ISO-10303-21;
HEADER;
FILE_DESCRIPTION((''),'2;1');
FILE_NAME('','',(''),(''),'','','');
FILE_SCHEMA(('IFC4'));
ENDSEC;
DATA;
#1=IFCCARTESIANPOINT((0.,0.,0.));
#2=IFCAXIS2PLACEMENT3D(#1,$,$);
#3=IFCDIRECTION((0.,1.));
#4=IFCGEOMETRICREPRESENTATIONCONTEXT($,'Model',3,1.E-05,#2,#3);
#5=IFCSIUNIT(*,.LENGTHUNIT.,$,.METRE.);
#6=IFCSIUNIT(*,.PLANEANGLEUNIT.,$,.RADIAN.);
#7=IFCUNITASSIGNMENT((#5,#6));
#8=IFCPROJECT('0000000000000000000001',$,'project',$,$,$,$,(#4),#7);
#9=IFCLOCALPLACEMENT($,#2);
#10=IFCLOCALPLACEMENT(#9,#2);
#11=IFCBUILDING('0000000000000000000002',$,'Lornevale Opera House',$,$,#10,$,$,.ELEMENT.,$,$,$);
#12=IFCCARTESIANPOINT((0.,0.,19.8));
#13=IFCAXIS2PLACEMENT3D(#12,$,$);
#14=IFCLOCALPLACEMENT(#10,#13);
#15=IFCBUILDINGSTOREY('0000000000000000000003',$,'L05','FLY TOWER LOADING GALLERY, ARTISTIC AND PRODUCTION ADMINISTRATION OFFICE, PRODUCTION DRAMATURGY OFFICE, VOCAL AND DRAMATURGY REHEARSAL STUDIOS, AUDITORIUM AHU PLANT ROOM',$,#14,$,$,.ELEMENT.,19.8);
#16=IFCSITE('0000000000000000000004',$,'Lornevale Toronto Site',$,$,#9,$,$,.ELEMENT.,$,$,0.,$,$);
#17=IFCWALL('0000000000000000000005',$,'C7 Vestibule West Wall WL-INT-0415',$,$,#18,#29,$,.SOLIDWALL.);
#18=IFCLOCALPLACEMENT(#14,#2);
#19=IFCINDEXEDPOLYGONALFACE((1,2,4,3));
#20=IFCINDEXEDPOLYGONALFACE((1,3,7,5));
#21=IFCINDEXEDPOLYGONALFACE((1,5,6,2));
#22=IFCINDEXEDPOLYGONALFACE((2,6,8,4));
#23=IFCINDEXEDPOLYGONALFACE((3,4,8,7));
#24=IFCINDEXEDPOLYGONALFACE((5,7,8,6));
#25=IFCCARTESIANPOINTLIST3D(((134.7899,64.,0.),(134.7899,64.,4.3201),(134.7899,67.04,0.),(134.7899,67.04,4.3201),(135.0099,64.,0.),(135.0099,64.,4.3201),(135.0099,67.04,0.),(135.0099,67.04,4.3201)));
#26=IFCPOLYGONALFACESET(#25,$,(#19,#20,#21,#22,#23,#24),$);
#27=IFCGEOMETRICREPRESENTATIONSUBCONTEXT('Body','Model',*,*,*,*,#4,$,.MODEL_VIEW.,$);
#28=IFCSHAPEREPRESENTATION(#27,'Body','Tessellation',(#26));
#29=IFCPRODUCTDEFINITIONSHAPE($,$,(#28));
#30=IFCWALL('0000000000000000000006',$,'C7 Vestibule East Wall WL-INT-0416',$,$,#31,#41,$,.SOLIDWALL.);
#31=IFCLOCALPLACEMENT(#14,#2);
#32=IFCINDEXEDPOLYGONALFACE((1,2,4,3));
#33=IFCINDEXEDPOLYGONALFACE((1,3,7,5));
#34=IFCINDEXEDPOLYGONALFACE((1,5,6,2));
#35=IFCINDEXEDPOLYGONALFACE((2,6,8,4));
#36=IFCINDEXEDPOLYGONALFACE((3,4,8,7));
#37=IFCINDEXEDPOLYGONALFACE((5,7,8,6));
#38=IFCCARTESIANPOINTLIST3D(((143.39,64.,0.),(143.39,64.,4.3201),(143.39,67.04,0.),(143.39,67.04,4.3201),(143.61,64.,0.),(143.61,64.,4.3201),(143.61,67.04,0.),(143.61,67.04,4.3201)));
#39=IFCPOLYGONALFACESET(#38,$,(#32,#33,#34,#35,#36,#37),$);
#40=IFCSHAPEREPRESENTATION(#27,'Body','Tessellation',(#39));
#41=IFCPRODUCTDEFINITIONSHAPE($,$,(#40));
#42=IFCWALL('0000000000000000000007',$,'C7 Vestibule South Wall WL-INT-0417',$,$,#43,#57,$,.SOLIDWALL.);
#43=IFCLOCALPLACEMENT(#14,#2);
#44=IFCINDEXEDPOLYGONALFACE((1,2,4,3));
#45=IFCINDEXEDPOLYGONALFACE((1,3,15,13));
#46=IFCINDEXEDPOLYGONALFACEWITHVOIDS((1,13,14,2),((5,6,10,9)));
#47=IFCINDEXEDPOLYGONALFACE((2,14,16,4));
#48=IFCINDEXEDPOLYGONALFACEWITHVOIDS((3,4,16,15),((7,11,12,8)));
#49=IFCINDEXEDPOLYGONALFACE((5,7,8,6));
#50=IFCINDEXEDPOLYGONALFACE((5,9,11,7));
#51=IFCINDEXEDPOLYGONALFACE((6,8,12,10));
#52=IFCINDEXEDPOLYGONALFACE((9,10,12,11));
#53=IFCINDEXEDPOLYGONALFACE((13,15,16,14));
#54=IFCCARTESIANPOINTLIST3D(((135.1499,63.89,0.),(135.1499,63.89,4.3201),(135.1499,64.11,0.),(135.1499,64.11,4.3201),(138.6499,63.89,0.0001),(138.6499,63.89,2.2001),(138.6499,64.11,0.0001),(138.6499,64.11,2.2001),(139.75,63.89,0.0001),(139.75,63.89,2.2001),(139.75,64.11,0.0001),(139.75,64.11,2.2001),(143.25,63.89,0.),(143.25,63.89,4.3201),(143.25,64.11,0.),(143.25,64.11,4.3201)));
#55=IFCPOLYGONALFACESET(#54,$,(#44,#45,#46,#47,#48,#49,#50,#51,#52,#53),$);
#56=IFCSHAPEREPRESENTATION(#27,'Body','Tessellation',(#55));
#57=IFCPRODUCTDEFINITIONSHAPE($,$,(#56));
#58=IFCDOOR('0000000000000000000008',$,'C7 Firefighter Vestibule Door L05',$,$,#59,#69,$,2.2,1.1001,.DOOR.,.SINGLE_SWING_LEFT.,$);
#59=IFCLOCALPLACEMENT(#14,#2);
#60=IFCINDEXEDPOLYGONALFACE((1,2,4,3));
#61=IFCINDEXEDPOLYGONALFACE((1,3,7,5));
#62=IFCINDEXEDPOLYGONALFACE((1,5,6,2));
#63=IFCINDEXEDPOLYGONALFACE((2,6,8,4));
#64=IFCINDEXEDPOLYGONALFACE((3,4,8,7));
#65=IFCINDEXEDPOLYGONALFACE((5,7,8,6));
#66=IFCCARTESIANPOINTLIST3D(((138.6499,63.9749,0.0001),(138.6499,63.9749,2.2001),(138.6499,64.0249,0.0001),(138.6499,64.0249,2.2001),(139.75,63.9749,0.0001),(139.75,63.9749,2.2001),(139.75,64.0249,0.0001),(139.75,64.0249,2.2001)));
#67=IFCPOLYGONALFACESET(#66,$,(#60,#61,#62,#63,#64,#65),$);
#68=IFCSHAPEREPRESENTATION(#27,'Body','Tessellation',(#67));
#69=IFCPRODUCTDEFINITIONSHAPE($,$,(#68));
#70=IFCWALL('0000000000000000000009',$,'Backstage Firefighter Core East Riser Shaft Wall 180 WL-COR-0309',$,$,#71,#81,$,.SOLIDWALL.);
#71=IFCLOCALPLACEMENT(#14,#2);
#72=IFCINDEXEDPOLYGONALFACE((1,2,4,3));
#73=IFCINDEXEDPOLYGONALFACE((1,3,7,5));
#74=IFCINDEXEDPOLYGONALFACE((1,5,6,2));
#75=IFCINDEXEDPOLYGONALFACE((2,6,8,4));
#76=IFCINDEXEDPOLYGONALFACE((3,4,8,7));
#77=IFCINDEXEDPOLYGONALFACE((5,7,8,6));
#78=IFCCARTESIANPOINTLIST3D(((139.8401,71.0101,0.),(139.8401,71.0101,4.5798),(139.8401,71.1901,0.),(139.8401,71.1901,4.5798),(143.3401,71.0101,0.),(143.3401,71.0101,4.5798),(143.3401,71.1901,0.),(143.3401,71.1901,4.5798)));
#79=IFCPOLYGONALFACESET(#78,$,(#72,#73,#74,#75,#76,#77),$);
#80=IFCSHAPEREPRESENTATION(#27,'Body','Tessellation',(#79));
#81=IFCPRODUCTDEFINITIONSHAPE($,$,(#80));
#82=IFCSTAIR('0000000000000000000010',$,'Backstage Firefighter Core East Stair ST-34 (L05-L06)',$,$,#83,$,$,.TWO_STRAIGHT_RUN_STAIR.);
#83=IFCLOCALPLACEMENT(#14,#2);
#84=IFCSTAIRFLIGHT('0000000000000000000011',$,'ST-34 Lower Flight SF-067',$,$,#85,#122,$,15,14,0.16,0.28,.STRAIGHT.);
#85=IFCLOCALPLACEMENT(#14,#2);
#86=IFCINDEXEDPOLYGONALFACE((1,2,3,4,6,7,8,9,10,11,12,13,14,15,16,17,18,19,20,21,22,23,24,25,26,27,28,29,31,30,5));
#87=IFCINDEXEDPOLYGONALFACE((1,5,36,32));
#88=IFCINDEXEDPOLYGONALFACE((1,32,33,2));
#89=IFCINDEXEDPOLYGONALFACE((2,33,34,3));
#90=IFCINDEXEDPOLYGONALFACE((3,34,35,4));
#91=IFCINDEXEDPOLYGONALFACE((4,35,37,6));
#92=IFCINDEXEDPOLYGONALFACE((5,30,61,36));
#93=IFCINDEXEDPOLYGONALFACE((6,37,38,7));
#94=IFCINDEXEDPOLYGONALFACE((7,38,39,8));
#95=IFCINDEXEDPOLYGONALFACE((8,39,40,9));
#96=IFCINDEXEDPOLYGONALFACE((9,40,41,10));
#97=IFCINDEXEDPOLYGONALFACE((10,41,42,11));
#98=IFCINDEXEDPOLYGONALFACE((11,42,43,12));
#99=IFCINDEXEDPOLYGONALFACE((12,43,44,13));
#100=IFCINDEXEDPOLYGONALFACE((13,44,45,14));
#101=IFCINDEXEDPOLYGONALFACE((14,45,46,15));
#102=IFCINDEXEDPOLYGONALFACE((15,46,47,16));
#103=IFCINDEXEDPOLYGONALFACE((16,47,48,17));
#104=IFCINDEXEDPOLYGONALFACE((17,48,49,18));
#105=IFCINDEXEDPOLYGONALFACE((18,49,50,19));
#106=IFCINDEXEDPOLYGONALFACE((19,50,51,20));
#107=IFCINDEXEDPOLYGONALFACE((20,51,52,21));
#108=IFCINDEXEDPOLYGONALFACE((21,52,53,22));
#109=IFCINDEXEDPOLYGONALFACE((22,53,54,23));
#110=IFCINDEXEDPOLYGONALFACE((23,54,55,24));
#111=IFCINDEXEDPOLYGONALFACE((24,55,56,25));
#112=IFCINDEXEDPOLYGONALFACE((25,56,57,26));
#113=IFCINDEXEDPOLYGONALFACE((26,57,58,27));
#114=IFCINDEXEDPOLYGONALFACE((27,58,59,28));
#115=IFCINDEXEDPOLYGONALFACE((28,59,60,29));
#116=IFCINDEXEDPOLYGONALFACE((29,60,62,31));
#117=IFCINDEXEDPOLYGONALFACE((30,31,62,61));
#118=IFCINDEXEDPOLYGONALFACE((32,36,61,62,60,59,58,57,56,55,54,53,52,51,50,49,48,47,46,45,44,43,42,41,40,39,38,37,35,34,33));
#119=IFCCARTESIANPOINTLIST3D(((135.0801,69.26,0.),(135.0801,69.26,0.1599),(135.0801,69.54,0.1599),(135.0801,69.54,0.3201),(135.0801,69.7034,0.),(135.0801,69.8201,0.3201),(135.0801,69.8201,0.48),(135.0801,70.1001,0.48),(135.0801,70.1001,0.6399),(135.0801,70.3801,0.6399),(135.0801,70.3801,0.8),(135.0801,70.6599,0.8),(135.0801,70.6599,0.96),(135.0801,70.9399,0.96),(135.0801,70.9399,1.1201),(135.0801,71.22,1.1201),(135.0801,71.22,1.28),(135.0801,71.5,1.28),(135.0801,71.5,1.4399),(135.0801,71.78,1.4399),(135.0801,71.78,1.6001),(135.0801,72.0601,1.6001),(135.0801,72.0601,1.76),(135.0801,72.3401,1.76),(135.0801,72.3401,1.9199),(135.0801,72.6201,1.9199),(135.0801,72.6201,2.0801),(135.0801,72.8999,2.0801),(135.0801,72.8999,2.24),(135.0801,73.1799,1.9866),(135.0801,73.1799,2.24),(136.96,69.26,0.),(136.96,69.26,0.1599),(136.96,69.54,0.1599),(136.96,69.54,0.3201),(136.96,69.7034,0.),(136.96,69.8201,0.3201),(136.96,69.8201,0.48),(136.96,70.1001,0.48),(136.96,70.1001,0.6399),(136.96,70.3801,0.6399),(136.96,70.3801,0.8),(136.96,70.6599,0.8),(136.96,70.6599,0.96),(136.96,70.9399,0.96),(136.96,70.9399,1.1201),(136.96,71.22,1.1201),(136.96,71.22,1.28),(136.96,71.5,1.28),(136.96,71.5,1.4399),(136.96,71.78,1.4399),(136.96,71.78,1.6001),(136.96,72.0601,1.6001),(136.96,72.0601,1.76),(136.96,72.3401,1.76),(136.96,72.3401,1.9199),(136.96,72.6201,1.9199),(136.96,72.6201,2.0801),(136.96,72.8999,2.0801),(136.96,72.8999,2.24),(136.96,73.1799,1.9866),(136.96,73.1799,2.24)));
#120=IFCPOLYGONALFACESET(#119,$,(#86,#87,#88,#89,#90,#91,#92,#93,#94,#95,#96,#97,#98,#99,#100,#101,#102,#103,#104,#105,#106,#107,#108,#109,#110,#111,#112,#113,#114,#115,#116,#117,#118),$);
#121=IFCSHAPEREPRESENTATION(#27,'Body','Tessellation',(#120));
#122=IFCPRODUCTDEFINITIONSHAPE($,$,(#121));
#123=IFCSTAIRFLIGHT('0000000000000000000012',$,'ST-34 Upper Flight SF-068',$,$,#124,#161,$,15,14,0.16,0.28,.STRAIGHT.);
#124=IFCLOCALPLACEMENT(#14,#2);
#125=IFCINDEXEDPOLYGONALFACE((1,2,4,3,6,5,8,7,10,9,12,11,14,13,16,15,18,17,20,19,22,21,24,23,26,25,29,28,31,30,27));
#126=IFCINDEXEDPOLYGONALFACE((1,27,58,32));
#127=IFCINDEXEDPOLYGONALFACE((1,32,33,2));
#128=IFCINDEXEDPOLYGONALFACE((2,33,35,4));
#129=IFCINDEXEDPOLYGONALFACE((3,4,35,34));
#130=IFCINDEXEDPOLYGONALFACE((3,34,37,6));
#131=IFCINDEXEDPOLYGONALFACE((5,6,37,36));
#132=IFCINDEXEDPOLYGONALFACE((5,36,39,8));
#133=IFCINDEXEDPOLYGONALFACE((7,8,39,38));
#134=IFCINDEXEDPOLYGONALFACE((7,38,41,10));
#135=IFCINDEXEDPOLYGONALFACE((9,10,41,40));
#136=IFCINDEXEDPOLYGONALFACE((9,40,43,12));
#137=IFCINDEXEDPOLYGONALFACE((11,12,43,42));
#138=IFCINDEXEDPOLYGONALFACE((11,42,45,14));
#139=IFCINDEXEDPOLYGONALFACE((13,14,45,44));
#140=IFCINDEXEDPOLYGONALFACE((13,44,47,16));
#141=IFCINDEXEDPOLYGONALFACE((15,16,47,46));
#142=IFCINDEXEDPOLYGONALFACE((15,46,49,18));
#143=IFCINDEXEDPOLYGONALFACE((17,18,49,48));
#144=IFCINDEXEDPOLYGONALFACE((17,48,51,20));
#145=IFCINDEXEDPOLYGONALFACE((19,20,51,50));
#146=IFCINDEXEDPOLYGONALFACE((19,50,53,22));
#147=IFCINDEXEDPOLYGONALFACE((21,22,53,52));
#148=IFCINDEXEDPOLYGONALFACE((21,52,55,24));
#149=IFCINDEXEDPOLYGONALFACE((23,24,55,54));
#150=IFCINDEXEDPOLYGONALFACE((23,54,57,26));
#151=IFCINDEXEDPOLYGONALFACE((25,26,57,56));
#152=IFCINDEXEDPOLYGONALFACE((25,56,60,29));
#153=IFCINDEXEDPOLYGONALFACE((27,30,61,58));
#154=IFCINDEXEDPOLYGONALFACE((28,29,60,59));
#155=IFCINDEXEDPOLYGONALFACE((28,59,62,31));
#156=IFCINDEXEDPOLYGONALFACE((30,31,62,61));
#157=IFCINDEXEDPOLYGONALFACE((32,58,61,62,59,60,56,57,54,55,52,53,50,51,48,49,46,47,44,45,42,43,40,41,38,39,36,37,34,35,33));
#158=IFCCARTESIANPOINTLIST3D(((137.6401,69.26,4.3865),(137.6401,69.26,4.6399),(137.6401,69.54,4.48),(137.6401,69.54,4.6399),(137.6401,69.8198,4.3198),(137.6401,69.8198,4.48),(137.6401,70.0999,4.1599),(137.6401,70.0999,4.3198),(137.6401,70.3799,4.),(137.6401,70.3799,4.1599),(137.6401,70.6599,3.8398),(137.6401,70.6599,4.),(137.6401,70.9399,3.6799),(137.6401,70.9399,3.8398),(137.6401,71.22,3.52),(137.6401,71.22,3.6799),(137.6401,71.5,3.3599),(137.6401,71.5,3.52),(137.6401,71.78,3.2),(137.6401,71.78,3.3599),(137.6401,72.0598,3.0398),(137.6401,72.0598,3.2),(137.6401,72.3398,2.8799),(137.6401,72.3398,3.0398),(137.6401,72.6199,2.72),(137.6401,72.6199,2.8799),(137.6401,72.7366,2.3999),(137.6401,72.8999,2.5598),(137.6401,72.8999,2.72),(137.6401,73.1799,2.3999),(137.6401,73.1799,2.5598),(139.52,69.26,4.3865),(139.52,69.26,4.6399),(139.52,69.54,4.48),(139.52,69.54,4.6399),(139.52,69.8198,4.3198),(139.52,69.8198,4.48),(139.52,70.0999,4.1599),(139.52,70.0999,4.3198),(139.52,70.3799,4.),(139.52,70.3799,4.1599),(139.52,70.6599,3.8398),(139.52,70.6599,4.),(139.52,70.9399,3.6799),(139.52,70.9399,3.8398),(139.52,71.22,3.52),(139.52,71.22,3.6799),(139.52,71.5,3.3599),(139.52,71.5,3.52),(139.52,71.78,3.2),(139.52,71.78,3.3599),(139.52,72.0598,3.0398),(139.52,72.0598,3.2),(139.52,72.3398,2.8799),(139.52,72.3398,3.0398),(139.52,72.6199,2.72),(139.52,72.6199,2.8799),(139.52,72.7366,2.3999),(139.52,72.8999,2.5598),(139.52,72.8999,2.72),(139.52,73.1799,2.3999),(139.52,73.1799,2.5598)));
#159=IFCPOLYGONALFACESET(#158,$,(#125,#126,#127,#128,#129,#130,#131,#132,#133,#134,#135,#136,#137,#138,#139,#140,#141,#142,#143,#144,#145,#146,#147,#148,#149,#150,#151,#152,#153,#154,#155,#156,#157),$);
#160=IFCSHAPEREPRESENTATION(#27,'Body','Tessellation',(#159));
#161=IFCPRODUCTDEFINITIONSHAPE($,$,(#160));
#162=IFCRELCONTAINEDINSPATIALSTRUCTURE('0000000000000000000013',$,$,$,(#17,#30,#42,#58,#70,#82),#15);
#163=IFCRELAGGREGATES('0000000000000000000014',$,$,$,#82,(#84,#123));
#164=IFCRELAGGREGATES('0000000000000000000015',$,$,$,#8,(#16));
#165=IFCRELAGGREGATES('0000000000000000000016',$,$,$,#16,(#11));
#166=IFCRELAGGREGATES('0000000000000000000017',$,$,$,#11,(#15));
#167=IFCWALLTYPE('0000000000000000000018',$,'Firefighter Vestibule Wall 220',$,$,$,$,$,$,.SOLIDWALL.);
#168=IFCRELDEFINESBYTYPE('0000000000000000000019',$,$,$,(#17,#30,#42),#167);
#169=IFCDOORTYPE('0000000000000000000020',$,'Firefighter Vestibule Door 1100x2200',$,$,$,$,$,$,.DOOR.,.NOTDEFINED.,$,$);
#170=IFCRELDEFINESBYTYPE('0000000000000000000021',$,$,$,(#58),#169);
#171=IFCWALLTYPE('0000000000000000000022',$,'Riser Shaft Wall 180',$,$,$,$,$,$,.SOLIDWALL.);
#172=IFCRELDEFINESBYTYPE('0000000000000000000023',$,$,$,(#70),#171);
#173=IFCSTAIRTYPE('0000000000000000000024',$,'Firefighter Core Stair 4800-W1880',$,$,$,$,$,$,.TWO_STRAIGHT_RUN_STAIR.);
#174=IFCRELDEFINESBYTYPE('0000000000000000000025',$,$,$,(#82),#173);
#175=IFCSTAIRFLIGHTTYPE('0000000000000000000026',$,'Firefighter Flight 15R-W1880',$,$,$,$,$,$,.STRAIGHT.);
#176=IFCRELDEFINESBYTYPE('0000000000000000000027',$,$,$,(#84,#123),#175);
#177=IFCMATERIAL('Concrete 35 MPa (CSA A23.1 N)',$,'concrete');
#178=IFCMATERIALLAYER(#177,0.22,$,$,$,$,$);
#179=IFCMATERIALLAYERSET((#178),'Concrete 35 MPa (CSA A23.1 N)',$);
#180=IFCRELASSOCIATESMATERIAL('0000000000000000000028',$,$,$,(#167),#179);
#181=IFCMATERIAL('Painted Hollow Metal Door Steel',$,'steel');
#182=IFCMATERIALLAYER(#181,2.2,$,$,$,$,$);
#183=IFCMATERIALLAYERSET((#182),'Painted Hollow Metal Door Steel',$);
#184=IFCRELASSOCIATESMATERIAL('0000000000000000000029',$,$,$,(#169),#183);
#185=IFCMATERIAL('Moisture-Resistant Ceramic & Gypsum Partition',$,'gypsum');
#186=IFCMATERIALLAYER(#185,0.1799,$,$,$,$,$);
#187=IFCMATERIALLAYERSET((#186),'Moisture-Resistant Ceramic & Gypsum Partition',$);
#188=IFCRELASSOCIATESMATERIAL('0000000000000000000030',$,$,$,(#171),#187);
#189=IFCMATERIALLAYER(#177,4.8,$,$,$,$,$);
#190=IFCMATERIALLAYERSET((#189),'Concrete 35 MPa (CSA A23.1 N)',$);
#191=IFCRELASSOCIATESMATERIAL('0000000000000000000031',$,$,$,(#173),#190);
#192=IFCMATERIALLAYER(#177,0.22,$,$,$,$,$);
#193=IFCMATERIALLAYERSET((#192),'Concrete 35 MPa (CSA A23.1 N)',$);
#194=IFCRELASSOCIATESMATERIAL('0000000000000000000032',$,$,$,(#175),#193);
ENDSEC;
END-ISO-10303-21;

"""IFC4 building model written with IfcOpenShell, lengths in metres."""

from ifc_helpers import new_model, si_unit, direction, frame, frame_2d, origin, place, context, subcontext, project, spatial, polyline, rectangle, outline, extrude, material, layer, layer_set, type_object, element, fill, aggregate, save


model = new_model("IFC4")

# Units and contexts
model_context = context("Model", 3, precision=1e-05, world=origin(), true_north=direction((0.0, 1.0)))
body_context = subcontext(model_context, "Body", "Model", "MODEL_VIEW")
ifc_project = project(units=[si_unit("LENGTHUNIT", "METRE"), si_unit("PLANEANGLEUNIT", "RADIAN")], contexts=[model_context])

# Site, building, storey
site_placement = place(None, origin())
site = spatial("IfcSite", under=ifc_project, at=site_placement, Name="Lornevale Toronto Site", CompositionType="ELEMENT", RefElevation=0.0)
building_placement = place(site_placement, origin())
building = spatial("IfcBuilding", under=site, at=building_placement, Name="Lornevale Opera House", CompositionType="ELEMENT")
storey_placement = place(building_placement, frame((0.0, 0.0, 19.8)))
storey = spatial("IfcBuildingStorey", under=building, at=storey_placement, Name="L05", Description="FLY TOWER LOADING GALLERY, ARTISTIC AND PRODUCTION ADMINISTRATION OFFICE, PRODUCTION DRAMATURGY OFFICE, VOCAL AND DRAMATURGY REHEARSAL STUDIOS, AUDITORIUM AHU PLANT ROOM", CompositionType="ELEMENT", Elevation=19.8)

# Shared definitions
ifc_material_1 = material(Name="Painted Hollow Metal Door Steel", Category="steel")

# Walls
ifc_material_2 = material(Name="Concrete 35 MPa (CSA A23.1 N)", Category="concrete")
ifc_layer_1 = layer(ifc_material_2, 0.22)
ifc_layer_set_1 = layer_set([ifc_layer_1], Name="Concrete 35 MPa (CSA A23.1 N)")
wall_type_1 = type_object("IfcWallType", Name="Firefighter Vestibule Wall 220", PredefinedType="SOLIDWALL", material=ifc_layer_set_1)
for number, where, z_axis, x_axis, name in (
    (1, (134.8999, 64.0, 0.0), (0.0, 0.0, 1.0), (0.0, 1.0, 0.0), "C7 Vestibule West Wall WL-INT-0415"),
    (2, (143.5, 64.0, 0.0), (0.0, 0.0, 1.0), (0.0, 1.0, 0.0), "C7 Vestibule East Wall WL-INT-0416"),
):
    element("IfcWall", number, at=place(storey_placement, frame(where, z_axis=z_axis, x_axis=x_axis)), inside=storey, type_object=wall_type_1, Name=name, PredefinedType="SOLIDWALL", context=body_context, shape_type="SweptSolid", body=[
        extrude(rectangle(XDim=3.04, YDim=0.22, at=frame_2d((1.52, 0.0))), origin(), (0.0, 0.0, 1.0), 4.3201),
    ])

# Wall, opening, door
wall_1_placement = place(storey_placement, frame((135.1499, 64.0, 0.0), z_axis=(0.0, 0.0, 1.0), x_axis=(1.0, 0.0, 0.0)))
wall_1 = element("IfcWall", 3, at=wall_1_placement, inside=storey, type_object=wall_type_1, Name="C7 Vestibule South Wall WL-INT-0417", PredefinedType="SOLIDWALL", context=body_context, shape_type="SweptSolid", body=[
    extrude(rectangle(XDim=8.1001, YDim=0.22, at=frame_2d((4.05, 0.0))), origin(), (0.0, 0.0, 1.0), 4.3201),
])
opening_1_placement = place(wall_1_placement, frame((3.5, 0.0, 0.0)))
opening_1 = element("IfcOpeningElement", 4, at=opening_1_placement, cuts=wall_1, PredefinedType="OPENING", context=body_context, shape_type="SweptSolid", body=[
    extrude(rectangle(XDim=1.1001, YDim=2.2, at=frame_2d((0.55, 1.1001))), frame((0.0, 0.1199, 0.0), z_axis=(0.0, -1.0, 0.0), x_axis=(1.0, 0.0, 0.0)), (0.0, 0.0, 1.0), 0.24),
])
ifc_layer_2 = layer(ifc_material_1, 2.2)
ifc_layer_set_2 = layer_set([ifc_layer_2], Name="Painted Hollow Metal Door Steel")
door_type_1 = type_object("IfcDoorType", Name="Firefighter Vestibule Door 1100x2200", OperationType="NOTDEFINED", PredefinedType="DOOR", material=ifc_layer_set_2)
door_1_placement = place(opening_1_placement, origin())
door_1 = element("IfcDoor", 5, at=door_1_placement, inside=storey, type_object=door_type_1, Name="C7 Firefighter Vestibule Door L05", OperationType="SINGLE_SWING_LEFT", OverallHeight=2.2, OverallWidth=1.1001, PredefinedType="DOOR", context=body_context, shape_type="SweptSolid", body=[
    extrude(rectangle(XDim=1.1001, YDim=2.2, at=frame_2d((0.55, 1.1001))), frame((0.0, 0.0249, 0.0), z_axis=(0.0, -1.0, 0.0), x_axis=(1.0, 0.0, 0.0)), (0.0, 0.0, 1.0), 0.05),
])
fill(opening_1, door_1)

# Wall
ifc_material_3 = material(Name="Moisture-Resistant Ceramic & Gypsum Partition", Category="gypsum")
ifc_layer_3 = layer(ifc_material_3, 0.1799)
ifc_layer_set_3 = layer_set([ifc_layer_3], Name="Moisture-Resistant Ceramic & Gypsum Partition")
wall_type_2 = type_object("IfcWallType", Name="Riser Shaft Wall 180", PredefinedType="SOLIDWALL", material=ifc_layer_set_3)
wall_2_placement = place(storey_placement, frame((139.8401, 71.1001, 0.0), z_axis=(0.0, 0.0, 1.0), x_axis=(1.0, 0.0, 0.0)))
element("IfcWall", 6, at=wall_2_placement, inside=storey, type_object=wall_type_2, Name="Backstage Firefighter Core East Riser Shaft Wall 180 WL-COR-0309", PredefinedType="SOLIDWALL", context=body_context, shape_type="SweptSolid", body=[
    extrude(rectangle(XDim=3.5, YDim=0.1799, at=frame_2d((1.75, 0.0))), origin(), (0.0, 0.0, 1.0), 4.5798),
])

# Stair, stair flights
ifc_layer_4 = layer(ifc_material_2, 4.8)
ifc_layer_set_4 = layer_set([ifc_layer_4], Name="Concrete 35 MPa (CSA A23.1 N)")
stair_type = type_object("IfcStairType", Name="Firefighter Core Stair 4800-W1880", PredefinedType="TWO_STRAIGHT_RUN_STAIR", material=ifc_layer_set_4)
stair_placement = place(storey_placement, origin())
stair = element("IfcStair", 7, at=stair_placement, inside=storey, type_object=stair_type, Name="Backstage Firefighter Core East Stair ST-34 (L05-L06)", PredefinedType="TWO_STRAIGHT_RUN_STAIR")
ifc_layer_5 = layer(ifc_material_2, 0.22)
ifc_layer_set_5 = layer_set([ifc_layer_5], Name="Concrete 35 MPa (CSA A23.1 N)")
stair_flight_type = type_object("IfcStairFlightType", Name="Firefighter Flight 15R-W1880", PredefinedType="STRAIGHT", material=ifc_layer_set_5)
stair_flight_1_placement = place(storey_placement, frame((136.02, 69.26, 0.0), z_axis=(0.0, 0.0, 1.0), x_axis=(0.0, 1.0, 0.0)))
stair_flight_1 = element("IfcStairFlight", 8, at=stair_flight_1_placement, type_object=stair_flight_type, Name="ST-34 Lower Flight SF-067", NumberOfRisers=15, NumberOfTreads=14, PredefinedType="STRAIGHT", RiserHeight=0.16, TreadLength=0.28, context=body_context, shape_type="SweptSolid", body=[
    extrude(outline(polyline([(0.0, 0.0), (0.0, 0.1599), (0.28, 0.1599), (0.28, 0.3201), (0.5601, 0.3201), (0.5601, 0.48), (0.8401, 0.48), (0.8401, 0.6399), (1.1201, 0.6399), (1.1201, 0.8), (1.3999, 0.8), (1.3999, 0.96), (1.6799, 0.96), (1.6799, 1.1201), (1.96, 1.1201), (1.96, 1.28), (2.24, 1.28), (2.24, 1.4399), (2.52, 1.4399), (2.52, 1.6001), (2.8, 1.6001), (2.8, 1.76), (3.0801, 1.76), (3.0801, 1.9199), (3.3601, 1.9199), (3.3601, 2.0801), (3.6399, 2.0801), (3.6399, 2.24), (3.9199, 2.24), (3.9199, 1.9866), (0.4434, 0.0), (0.0, 0.0)])), frame((0.0, 0.9399, 0.0), z_axis=(0.0, -1.0, 0.0), x_axis=(1.0, 0.0, 0.0)), (0.0, 0.0, 1.0), 1.8799),
])
stair_flight_2_placement = place(storey_placement, frame((138.5801, 73.1799, 2.3999), z_axis=(0.0, 0.0, 1.0), x_axis=(0.0, -1.0, 0.0)))
stair_flight_2 = element("IfcStairFlight", 9, at=stair_flight_2_placement, type_object=stair_flight_type, Name="ST-34 Upper Flight SF-068", NumberOfRisers=15, NumberOfTreads=14, PredefinedType="STRAIGHT", RiserHeight=0.16, TreadLength=0.28, context=body_context, shape_type="SweptSolid", body=[
    extrude(outline(polyline([(0.0, 0.0), (0.0, 0.1599), (0.28, 0.1599), (0.28, 0.3201), (0.5601, 0.3201), (0.5601, 0.48), (0.8401, 0.48), (0.8401, 0.6399), (1.1201, 0.6399), (1.1201, 0.8), (1.3999, 0.8), (1.3999, 0.96), (1.6799, 0.96), (1.6799, 1.1201), (1.96, 1.1201), (1.96, 1.28), (2.24, 1.28), (2.24, 1.4399), (2.52, 1.4399), (2.52, 1.6001), (2.8, 1.6001), (2.8, 1.76), (3.0801, 1.76), (3.0801, 1.9199), (3.3601, 1.9199), (3.3601, 2.0801), (3.6399, 2.0801), (3.6399, 2.24), (3.9199, 2.24), (3.9199, 1.9866), (0.4434, 0.0), (0.0, 0.0)])), frame((0.0, 0.9399, 0.0), z_axis=(0.0, -1.0, 0.0), x_axis=(1.0, 0.0, 0.0)), (0.0, 0.0, 1.0), 1.8799),
])
aggregate(stair, [stair_flight_1, stair_flight_2])

save(model, "model.ifc")
